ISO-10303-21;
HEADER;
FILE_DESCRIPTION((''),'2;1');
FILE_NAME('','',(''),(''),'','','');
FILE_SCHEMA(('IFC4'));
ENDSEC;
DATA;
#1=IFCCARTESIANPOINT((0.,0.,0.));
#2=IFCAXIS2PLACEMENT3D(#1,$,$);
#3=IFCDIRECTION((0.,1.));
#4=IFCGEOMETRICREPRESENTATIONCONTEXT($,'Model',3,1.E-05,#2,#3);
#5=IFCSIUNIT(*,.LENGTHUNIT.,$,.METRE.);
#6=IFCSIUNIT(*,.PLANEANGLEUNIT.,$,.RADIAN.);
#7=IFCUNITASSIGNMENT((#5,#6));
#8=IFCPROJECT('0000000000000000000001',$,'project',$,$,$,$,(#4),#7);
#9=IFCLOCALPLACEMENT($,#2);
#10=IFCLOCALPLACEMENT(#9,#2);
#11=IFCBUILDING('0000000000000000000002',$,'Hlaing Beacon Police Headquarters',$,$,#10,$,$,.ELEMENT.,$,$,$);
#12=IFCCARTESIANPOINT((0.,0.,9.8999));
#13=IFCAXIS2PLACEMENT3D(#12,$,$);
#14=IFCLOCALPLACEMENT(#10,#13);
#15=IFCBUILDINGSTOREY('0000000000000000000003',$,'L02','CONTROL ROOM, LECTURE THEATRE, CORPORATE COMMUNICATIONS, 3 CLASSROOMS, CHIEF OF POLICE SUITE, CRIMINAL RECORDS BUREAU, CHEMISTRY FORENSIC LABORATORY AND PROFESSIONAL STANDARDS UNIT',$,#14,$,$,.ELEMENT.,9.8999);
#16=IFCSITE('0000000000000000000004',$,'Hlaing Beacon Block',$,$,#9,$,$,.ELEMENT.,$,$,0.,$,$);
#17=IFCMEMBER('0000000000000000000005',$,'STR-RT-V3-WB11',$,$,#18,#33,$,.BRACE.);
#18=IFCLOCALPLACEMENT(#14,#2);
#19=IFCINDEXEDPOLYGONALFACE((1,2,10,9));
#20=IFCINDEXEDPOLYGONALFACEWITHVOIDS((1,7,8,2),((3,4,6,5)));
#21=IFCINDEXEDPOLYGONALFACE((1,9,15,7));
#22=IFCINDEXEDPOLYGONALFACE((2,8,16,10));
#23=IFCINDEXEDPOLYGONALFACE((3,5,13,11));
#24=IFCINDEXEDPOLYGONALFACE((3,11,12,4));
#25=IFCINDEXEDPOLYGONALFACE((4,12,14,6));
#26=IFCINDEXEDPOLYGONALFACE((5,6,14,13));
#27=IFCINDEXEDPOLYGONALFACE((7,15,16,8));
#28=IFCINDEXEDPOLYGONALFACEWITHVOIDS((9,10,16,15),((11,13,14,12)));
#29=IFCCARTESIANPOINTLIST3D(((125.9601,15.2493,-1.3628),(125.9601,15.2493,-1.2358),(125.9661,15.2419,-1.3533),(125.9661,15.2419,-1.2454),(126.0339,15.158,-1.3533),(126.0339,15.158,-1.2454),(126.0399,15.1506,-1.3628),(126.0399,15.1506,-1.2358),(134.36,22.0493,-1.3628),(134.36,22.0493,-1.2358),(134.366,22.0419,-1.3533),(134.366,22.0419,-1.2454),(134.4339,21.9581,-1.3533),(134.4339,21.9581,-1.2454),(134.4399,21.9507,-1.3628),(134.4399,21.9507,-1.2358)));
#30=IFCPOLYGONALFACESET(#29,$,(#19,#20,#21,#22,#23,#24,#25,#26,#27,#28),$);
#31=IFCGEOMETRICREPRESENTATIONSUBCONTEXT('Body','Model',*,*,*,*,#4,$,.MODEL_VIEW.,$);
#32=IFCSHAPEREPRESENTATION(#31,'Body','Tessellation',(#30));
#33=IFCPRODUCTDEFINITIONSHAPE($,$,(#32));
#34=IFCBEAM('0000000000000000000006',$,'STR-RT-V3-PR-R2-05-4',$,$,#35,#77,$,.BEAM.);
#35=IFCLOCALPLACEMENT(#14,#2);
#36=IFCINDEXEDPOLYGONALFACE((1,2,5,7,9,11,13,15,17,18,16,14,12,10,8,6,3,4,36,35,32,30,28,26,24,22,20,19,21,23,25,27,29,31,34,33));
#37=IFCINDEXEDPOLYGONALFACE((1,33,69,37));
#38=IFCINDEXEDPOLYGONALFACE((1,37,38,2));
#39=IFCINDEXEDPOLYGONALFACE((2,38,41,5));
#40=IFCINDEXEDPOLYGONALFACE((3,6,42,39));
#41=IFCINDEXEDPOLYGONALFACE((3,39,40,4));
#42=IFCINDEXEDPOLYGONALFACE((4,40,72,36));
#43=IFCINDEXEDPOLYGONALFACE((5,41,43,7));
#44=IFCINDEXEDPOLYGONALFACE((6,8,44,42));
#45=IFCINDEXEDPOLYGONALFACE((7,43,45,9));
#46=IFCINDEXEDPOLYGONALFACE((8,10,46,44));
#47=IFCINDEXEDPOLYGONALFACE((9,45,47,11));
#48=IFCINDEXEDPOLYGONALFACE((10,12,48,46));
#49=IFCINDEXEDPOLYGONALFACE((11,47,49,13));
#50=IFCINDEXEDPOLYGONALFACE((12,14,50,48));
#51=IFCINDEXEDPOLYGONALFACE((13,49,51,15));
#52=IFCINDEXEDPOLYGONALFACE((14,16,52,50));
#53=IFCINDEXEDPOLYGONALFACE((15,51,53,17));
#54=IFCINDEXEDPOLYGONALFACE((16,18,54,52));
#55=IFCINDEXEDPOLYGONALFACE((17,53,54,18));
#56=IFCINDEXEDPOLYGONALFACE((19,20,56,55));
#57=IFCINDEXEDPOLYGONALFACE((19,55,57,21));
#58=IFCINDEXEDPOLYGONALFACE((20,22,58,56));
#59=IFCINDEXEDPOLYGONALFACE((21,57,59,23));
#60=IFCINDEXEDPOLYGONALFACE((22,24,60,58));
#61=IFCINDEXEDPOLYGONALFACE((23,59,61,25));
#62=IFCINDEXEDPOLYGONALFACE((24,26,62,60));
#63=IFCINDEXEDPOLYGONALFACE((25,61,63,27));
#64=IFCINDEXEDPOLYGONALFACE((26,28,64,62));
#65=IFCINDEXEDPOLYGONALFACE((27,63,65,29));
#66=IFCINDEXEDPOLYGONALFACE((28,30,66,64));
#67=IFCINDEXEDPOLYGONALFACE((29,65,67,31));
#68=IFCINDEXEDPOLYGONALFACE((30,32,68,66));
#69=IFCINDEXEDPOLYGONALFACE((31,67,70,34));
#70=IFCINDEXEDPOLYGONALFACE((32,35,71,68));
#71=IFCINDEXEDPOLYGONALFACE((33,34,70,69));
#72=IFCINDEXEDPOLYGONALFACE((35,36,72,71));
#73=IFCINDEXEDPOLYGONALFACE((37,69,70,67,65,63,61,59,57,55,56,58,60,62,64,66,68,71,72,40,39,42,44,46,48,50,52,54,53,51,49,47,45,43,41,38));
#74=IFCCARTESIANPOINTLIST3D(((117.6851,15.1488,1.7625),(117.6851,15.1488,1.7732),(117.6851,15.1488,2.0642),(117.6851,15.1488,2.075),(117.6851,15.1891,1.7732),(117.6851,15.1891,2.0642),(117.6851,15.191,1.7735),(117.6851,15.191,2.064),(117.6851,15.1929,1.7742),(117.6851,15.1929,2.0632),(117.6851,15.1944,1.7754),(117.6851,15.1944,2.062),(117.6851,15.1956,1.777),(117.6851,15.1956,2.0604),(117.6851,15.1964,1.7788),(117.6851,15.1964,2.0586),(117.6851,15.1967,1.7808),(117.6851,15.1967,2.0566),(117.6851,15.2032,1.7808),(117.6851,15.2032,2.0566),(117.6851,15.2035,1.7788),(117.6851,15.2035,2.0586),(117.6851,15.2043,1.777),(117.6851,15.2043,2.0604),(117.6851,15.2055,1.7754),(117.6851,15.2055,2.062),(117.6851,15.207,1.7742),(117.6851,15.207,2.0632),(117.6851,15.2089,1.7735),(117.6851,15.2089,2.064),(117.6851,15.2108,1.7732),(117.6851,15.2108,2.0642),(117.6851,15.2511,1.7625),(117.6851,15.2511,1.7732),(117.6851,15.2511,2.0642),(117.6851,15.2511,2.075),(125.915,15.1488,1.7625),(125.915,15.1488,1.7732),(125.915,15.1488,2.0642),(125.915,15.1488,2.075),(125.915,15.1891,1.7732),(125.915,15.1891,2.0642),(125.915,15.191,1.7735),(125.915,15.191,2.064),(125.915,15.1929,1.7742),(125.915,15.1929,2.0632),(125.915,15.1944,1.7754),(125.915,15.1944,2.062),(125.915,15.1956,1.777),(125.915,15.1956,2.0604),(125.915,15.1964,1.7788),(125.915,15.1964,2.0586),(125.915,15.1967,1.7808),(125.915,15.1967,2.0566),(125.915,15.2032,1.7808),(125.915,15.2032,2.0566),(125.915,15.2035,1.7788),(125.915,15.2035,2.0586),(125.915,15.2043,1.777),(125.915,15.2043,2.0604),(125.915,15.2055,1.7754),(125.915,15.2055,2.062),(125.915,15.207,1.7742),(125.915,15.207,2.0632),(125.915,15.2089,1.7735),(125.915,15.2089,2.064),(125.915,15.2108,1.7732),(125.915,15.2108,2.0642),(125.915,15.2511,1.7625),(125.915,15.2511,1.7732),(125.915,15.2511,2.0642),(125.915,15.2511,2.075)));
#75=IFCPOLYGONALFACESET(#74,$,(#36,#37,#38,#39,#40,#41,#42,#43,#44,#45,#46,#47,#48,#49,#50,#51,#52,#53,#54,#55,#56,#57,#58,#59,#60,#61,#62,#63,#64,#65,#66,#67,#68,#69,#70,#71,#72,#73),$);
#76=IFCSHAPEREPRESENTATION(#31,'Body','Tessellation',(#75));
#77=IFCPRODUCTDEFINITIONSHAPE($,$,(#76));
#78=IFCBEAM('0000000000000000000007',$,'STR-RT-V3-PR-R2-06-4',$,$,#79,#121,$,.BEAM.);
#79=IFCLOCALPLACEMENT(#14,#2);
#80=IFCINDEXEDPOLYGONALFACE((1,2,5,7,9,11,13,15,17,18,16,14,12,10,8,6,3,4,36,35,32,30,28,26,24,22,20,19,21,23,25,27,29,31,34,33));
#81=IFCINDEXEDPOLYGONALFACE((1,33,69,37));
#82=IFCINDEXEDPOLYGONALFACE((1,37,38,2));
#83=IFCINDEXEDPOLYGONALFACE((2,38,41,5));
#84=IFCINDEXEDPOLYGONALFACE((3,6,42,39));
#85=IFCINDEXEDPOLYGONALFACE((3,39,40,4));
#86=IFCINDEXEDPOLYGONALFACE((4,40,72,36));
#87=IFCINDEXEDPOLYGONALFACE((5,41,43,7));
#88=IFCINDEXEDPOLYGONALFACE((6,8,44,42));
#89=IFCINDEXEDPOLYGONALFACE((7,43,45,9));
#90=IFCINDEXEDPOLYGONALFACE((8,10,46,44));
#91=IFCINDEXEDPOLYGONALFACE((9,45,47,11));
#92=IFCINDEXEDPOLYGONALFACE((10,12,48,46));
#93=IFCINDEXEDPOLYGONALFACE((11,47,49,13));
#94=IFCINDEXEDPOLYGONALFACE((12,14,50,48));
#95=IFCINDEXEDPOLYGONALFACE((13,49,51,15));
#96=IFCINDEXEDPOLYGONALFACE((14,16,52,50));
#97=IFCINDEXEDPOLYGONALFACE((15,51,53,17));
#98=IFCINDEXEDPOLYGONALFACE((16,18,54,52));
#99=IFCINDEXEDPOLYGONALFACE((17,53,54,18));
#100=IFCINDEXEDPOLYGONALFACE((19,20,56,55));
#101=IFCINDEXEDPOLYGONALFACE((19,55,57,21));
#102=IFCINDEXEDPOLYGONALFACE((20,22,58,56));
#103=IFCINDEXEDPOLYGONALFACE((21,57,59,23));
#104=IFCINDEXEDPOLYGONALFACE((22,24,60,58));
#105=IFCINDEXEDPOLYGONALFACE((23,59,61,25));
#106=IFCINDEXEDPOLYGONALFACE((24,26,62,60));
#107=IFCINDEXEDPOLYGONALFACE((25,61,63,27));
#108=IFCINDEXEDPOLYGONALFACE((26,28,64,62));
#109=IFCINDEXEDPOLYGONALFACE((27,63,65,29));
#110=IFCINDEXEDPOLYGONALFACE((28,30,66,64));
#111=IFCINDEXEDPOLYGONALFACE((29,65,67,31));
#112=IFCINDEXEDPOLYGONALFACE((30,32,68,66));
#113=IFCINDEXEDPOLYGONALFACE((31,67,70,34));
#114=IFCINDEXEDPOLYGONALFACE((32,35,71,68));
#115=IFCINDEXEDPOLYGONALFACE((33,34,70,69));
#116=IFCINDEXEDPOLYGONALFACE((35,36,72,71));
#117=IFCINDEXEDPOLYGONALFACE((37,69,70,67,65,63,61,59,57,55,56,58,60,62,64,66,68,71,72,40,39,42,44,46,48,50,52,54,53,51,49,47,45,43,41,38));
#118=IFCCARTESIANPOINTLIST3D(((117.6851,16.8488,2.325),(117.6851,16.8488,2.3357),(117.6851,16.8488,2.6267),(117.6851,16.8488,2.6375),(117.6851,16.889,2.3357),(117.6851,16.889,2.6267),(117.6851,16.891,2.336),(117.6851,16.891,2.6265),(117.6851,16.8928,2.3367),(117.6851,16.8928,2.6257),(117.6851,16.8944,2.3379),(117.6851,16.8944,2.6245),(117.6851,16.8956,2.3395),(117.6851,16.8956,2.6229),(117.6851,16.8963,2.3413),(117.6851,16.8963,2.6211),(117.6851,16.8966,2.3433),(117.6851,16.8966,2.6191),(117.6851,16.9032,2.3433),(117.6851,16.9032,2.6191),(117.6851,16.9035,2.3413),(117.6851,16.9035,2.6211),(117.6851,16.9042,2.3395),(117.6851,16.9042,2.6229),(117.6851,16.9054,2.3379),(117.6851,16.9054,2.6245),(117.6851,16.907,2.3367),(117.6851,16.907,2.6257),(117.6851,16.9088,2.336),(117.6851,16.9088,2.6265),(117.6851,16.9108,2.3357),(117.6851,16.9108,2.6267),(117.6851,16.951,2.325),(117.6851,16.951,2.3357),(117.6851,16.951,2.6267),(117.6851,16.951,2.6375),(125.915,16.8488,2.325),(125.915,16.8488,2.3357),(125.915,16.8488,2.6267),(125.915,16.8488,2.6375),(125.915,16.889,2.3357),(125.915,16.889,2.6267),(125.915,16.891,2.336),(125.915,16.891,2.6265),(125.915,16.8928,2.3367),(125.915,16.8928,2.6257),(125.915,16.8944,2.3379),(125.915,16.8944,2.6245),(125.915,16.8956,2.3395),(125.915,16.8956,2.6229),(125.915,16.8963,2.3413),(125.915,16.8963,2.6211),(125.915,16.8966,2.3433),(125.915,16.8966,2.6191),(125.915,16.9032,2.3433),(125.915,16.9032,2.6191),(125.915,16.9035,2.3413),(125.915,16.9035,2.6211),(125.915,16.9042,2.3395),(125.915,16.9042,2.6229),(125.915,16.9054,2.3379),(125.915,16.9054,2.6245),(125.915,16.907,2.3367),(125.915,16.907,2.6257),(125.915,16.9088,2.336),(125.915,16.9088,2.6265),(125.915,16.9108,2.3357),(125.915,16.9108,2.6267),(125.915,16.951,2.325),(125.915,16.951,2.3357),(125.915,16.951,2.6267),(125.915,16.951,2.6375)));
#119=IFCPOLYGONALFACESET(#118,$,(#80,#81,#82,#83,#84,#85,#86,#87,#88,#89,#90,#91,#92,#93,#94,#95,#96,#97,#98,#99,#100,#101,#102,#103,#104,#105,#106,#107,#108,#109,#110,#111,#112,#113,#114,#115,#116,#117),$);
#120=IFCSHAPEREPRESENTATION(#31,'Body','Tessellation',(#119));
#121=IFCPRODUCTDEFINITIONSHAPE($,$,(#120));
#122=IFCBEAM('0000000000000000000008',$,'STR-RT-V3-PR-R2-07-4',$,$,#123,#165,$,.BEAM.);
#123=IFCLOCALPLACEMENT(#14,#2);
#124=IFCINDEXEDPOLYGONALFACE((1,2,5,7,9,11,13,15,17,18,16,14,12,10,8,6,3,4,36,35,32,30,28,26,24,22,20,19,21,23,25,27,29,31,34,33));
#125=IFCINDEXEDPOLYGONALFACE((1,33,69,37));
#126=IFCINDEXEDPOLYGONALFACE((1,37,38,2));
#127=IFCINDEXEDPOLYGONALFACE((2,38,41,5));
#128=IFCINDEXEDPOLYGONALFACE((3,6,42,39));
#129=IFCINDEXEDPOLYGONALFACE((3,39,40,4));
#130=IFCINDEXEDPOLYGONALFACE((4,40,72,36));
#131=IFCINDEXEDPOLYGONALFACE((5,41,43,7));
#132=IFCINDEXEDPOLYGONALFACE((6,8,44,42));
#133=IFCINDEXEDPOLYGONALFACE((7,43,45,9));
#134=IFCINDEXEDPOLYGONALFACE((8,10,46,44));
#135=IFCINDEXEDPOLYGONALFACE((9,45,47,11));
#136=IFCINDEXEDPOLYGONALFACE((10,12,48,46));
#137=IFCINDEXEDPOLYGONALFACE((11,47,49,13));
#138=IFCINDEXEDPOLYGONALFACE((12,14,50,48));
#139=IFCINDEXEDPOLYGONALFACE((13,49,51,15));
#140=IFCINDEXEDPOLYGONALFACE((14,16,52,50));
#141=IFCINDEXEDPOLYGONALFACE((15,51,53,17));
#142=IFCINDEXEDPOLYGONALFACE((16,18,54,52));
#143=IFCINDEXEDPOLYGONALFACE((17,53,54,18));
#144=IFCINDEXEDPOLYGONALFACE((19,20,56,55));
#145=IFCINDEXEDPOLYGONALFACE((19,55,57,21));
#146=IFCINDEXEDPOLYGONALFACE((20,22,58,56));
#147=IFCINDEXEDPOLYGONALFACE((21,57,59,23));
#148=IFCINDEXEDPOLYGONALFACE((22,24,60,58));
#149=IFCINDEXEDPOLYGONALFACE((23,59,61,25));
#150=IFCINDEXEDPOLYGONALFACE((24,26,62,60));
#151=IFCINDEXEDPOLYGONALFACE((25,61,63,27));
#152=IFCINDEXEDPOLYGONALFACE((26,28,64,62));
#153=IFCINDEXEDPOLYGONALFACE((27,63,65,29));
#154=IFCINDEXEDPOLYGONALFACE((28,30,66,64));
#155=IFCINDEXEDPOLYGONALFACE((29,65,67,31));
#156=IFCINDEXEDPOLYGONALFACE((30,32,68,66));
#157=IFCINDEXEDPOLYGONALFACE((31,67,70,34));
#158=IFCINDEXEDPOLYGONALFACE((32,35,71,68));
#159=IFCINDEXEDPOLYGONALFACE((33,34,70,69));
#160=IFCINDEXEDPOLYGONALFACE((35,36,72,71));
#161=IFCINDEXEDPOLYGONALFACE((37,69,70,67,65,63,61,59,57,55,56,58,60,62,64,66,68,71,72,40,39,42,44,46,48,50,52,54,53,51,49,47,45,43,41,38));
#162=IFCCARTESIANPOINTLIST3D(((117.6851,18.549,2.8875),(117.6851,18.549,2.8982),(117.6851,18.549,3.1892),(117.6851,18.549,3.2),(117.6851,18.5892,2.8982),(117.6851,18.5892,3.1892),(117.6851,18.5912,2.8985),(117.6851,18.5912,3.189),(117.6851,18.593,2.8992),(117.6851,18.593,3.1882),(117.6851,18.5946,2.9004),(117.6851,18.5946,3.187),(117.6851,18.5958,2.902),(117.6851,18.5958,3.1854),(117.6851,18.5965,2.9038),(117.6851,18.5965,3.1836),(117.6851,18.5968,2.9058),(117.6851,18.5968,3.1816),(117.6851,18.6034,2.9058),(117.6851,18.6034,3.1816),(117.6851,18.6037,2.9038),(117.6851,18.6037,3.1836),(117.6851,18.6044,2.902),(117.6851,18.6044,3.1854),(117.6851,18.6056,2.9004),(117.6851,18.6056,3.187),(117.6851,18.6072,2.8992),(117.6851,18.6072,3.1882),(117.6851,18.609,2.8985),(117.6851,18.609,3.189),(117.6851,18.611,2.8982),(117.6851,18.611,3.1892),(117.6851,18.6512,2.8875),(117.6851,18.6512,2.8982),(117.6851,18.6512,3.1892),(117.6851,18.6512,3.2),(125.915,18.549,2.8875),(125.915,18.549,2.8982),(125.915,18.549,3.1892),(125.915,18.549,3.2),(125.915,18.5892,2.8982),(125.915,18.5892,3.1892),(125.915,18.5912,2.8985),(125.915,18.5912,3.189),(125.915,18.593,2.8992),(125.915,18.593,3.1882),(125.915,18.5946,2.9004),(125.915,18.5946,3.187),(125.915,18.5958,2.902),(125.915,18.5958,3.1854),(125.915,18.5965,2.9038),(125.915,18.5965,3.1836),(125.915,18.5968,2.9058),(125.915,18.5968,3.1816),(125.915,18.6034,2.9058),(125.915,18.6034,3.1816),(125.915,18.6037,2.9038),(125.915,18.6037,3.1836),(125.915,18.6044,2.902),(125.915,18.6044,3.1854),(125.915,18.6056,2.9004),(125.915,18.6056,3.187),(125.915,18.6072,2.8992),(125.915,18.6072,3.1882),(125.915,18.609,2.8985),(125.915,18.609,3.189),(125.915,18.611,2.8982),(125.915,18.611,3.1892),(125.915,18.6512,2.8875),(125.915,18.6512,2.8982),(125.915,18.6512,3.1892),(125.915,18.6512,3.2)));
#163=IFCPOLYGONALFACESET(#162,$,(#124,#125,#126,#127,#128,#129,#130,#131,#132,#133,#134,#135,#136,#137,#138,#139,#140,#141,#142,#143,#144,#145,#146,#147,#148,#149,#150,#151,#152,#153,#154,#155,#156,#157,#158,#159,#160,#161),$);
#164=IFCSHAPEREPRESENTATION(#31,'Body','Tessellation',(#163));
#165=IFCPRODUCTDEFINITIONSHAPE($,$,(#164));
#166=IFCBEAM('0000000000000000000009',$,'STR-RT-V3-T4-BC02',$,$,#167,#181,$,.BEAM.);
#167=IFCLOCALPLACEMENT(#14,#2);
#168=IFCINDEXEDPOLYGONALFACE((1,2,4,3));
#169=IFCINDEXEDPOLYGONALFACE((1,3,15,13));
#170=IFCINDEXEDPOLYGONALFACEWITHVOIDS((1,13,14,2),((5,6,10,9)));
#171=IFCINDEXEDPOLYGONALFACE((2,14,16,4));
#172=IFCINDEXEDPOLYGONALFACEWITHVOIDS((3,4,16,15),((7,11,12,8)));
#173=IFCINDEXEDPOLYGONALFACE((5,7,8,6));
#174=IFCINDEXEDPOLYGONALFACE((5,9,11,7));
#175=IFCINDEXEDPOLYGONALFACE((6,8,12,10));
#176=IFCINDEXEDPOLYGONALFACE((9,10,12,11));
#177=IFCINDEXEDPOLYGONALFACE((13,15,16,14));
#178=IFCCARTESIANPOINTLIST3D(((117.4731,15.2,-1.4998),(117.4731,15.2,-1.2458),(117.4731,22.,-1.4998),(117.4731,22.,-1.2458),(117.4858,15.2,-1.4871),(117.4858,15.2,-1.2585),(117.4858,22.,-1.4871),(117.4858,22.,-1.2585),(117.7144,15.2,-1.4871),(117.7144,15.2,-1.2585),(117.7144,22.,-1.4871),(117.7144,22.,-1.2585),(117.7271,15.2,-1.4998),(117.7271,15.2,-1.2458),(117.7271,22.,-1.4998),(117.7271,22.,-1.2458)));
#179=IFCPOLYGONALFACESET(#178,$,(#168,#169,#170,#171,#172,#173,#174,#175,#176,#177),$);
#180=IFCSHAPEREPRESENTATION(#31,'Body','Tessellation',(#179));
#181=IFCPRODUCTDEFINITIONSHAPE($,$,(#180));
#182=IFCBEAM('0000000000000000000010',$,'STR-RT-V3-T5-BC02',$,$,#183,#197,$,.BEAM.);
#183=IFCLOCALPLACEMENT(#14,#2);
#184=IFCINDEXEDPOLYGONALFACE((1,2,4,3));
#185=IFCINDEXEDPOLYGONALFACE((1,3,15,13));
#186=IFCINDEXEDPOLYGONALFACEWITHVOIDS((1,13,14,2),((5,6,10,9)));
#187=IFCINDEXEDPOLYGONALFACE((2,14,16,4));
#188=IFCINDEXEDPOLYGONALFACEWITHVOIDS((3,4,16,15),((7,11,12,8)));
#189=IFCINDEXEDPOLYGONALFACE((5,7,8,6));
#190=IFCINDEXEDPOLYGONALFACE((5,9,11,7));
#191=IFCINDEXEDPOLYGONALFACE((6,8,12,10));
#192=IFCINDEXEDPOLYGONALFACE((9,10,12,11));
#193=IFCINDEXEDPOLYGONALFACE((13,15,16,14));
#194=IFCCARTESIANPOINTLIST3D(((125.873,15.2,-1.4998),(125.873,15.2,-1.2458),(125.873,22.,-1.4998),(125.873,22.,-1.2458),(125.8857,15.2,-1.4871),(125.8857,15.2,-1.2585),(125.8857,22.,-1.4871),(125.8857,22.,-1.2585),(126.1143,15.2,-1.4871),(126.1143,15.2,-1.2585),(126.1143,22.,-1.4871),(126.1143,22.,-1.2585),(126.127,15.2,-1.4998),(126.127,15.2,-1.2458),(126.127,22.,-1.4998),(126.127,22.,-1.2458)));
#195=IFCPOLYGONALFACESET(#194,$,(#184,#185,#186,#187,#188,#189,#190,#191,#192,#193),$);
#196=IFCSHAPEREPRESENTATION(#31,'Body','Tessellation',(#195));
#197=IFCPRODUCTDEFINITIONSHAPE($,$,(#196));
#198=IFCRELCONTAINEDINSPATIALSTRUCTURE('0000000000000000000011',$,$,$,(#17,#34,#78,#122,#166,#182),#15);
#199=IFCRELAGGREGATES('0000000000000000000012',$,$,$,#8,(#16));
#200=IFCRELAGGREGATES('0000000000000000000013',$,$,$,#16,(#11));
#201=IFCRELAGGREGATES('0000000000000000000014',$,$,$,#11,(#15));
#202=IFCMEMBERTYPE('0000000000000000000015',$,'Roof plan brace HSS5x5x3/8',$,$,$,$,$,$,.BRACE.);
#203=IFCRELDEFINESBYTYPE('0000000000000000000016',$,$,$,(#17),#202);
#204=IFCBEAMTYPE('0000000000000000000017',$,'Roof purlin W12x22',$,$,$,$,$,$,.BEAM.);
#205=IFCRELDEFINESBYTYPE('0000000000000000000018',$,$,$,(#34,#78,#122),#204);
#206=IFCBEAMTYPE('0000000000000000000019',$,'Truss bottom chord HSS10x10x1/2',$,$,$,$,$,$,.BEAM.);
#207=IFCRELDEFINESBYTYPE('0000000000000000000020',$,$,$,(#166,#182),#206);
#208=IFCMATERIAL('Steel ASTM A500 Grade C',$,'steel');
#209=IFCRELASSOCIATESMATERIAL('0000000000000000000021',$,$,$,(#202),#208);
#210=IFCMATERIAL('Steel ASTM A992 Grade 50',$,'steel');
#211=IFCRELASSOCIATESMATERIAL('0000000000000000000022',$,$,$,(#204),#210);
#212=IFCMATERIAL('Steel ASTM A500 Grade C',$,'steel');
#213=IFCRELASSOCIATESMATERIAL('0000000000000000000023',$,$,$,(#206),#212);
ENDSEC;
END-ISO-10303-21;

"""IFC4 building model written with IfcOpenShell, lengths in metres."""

from ifc_helpers import new_model, si_unit, direction, frame, origin, origin_2d, place, context, subcontext, project, spatial, hollow_rectangle, i_section, extrude, material, material_profile, profile_set, type_object, element, save


model = new_model("IFC4")

# Units and contexts
model_context = context("Model", 3, precision=1e-05, world=origin(), true_north=direction((0.0, 1.0)))
body_context = subcontext(model_context, "Body", "Model", "MODEL_VIEW")
ifc_project = project(units=[si_unit("LENGTHUNIT", "METRE"), si_unit("PLANEANGLEUNIT", "RADIAN")], contexts=[model_context])

# Site, building, storey
site_placement = place(None, origin())
site = spatial("IfcSite", under=ifc_project, at=site_placement, Name="Hlaing Beacon Block", CompositionType="ELEMENT", RefElevation=0.0)
building_placement = place(site_placement, origin())
building = spatial("IfcBuilding", under=site, at=building_placement, Name="Hlaing Beacon Police Headquarters", CompositionType="ELEMENT")
storey_placement = place(building_placement, frame((0.0, 0.0, 9.8999)))
storey = spatial("IfcBuildingStorey", under=building, at=storey_placement, Name="L02", Description="CONTROL ROOM, LECTURE THEATRE, CORPORATE COMMUNICATIONS, 3 CLASSROOMS, CHIEF OF POLICE SUITE, CRIMINAL RECORDS BUREAU, CHEMISTRY FORENSIC LABORATORY AND PROFESSIONAL STANDARDS UNIT", CompositionType="ELEMENT", Elevation=9.8999)

# Member
ifc_material_1 = material(Name="Steel ASTM A500 Grade C", Category="steel")
ifc_material_profile_1 = material_profile(ifc_material_1, hollow_rectangle(XDim=0.127, YDim=0.127, WallThickness=0.0095, at=origin_2d()), Name="HSS5x5x3/8")
ifc_profile_set_1 = profile_set([ifc_material_profile_1], Name="Steel ASTM A500 Grade C")
member_type_1 = type_object("IfcMemberType", Name="Roof plan brace HSS5x5x3/8", PredefinedType="BRACE", material=ifc_profile_set_1)
member_1_placement = place(storey_placement, frame((126.0, 15.2, -1.2993), z_axis=(0.777239, 0.629205, 0.0), x_axis=(-0.629205, 0.777239, 0.0)))
element("IfcMember", 1, at=member_1_placement, inside=storey, type_object=member_type_1, Name="STR-RT-V3-WB11", PredefinedType="BRACE", context=body_context, shape_type="SweptSolid", body=[
    extrude(hollow_rectangle(XDim=0.127, YDim=0.127, WallThickness=0.0095, at=origin_2d()), origin(), (0.0, 0.0, 1.0), 10.8074),
])

# Beams
ifc_material_2 = material(Name="Steel ASTM A992 Grade 50", Category="steel")
ifc_material_profile_2 = material_profile(ifc_material_2, i_section(OverallWidth=0.1023, OverallDepth=0.3125, WebThickness=0.0066, FlangeThickness=0.0107, FilletRadius=0.0076, at=origin_2d()), Name="W12x22")
ifc_profile_set_2 = profile_set([ifc_material_profile_2], Name="Steel ASTM A992 Grade 50")
beam_type_1 = type_object("IfcBeamType", Name="Roof purlin W12x22", PredefinedType="BEAM", material=ifc_profile_set_2)
for number, where, z_axis, x_axis, name in (
    (2, (117.6851, 15.2, 1.9187), (1.0, 0.0, 0.0), (0.0, 1.0, 0.0), "STR-RT-V3-PR-R2-05-4"),
    (3, (117.6851, 16.8999, 2.4812), (1.0, 0.0, 0.0), (0.0, 1.0, 0.0), "STR-RT-V3-PR-R2-06-4"),
    (4, (117.6851, 18.6001, 3.0437), (1.0, 0.0, 0.0), (0.0, 1.0, 0.0), "STR-RT-V3-PR-R2-07-4"),
):
    element("IfcBeam", number, at=place(storey_placement, frame(where, z_axis=z_axis, x_axis=x_axis)), inside=storey, type_object=beam_type_1, Name=name, PredefinedType="BEAM", context=body_context, shape_type="SweptSolid", body=[
        extrude(i_section(OverallWidth=0.1023, OverallDepth=0.3125, WebThickness=0.0066, FlangeThickness=0.0107, FilletRadius=0.0076, at=origin_2d()), origin(), (0.0, 0.0, 1.0), 8.23),
    ])
ifc_material_3 = material(Name="Steel ASTM A500 Grade C", Category="steel")
ifc_material_profile_3 = material_profile(ifc_material_3, hollow_rectangle(XDim=0.2539, YDim=0.2539, WallThickness=0.0127, at=origin_2d()), Name="HSS10x10x1/2")
ifc_profile_set_3 = profile_set([ifc_material_profile_3], Name="Steel ASTM A500 Grade C")
beam_type_2 = type_object("IfcBeamType", Name="Truss bottom chord HSS10x10x1/2", PredefinedType="BEAM", material=ifc_profile_set_3)
for number, where, z_axis, x_axis, name in (
    (5, (117.6001, 15.2, -1.3728), (0.0, 1.0, 0.0), (-1.0, 0.0, 0.0), "STR-RT-V3-T4-BC02"),
    (6, (126.0, 15.2, -1.3728), (0.0, 1.0, 0.0), (-1.0, 0.0, 0.0), "STR-RT-V3-T5-BC02"),
):
    element("IfcBeam", number, at=place(storey_placement, frame(where, z_axis=z_axis, x_axis=x_axis)), inside=storey, type_object=beam_type_2, Name=name, PredefinedType="BEAM", context=body_context, shape_type="SweptSolid", body=[
        extrude(hollow_rectangle(XDim=0.2539, YDim=0.2539, WallThickness=0.0127, at=origin_2d()), origin(), (0.0, 0.0, 1.0), 6.8),
    ])

save(model, "model.ifc")
